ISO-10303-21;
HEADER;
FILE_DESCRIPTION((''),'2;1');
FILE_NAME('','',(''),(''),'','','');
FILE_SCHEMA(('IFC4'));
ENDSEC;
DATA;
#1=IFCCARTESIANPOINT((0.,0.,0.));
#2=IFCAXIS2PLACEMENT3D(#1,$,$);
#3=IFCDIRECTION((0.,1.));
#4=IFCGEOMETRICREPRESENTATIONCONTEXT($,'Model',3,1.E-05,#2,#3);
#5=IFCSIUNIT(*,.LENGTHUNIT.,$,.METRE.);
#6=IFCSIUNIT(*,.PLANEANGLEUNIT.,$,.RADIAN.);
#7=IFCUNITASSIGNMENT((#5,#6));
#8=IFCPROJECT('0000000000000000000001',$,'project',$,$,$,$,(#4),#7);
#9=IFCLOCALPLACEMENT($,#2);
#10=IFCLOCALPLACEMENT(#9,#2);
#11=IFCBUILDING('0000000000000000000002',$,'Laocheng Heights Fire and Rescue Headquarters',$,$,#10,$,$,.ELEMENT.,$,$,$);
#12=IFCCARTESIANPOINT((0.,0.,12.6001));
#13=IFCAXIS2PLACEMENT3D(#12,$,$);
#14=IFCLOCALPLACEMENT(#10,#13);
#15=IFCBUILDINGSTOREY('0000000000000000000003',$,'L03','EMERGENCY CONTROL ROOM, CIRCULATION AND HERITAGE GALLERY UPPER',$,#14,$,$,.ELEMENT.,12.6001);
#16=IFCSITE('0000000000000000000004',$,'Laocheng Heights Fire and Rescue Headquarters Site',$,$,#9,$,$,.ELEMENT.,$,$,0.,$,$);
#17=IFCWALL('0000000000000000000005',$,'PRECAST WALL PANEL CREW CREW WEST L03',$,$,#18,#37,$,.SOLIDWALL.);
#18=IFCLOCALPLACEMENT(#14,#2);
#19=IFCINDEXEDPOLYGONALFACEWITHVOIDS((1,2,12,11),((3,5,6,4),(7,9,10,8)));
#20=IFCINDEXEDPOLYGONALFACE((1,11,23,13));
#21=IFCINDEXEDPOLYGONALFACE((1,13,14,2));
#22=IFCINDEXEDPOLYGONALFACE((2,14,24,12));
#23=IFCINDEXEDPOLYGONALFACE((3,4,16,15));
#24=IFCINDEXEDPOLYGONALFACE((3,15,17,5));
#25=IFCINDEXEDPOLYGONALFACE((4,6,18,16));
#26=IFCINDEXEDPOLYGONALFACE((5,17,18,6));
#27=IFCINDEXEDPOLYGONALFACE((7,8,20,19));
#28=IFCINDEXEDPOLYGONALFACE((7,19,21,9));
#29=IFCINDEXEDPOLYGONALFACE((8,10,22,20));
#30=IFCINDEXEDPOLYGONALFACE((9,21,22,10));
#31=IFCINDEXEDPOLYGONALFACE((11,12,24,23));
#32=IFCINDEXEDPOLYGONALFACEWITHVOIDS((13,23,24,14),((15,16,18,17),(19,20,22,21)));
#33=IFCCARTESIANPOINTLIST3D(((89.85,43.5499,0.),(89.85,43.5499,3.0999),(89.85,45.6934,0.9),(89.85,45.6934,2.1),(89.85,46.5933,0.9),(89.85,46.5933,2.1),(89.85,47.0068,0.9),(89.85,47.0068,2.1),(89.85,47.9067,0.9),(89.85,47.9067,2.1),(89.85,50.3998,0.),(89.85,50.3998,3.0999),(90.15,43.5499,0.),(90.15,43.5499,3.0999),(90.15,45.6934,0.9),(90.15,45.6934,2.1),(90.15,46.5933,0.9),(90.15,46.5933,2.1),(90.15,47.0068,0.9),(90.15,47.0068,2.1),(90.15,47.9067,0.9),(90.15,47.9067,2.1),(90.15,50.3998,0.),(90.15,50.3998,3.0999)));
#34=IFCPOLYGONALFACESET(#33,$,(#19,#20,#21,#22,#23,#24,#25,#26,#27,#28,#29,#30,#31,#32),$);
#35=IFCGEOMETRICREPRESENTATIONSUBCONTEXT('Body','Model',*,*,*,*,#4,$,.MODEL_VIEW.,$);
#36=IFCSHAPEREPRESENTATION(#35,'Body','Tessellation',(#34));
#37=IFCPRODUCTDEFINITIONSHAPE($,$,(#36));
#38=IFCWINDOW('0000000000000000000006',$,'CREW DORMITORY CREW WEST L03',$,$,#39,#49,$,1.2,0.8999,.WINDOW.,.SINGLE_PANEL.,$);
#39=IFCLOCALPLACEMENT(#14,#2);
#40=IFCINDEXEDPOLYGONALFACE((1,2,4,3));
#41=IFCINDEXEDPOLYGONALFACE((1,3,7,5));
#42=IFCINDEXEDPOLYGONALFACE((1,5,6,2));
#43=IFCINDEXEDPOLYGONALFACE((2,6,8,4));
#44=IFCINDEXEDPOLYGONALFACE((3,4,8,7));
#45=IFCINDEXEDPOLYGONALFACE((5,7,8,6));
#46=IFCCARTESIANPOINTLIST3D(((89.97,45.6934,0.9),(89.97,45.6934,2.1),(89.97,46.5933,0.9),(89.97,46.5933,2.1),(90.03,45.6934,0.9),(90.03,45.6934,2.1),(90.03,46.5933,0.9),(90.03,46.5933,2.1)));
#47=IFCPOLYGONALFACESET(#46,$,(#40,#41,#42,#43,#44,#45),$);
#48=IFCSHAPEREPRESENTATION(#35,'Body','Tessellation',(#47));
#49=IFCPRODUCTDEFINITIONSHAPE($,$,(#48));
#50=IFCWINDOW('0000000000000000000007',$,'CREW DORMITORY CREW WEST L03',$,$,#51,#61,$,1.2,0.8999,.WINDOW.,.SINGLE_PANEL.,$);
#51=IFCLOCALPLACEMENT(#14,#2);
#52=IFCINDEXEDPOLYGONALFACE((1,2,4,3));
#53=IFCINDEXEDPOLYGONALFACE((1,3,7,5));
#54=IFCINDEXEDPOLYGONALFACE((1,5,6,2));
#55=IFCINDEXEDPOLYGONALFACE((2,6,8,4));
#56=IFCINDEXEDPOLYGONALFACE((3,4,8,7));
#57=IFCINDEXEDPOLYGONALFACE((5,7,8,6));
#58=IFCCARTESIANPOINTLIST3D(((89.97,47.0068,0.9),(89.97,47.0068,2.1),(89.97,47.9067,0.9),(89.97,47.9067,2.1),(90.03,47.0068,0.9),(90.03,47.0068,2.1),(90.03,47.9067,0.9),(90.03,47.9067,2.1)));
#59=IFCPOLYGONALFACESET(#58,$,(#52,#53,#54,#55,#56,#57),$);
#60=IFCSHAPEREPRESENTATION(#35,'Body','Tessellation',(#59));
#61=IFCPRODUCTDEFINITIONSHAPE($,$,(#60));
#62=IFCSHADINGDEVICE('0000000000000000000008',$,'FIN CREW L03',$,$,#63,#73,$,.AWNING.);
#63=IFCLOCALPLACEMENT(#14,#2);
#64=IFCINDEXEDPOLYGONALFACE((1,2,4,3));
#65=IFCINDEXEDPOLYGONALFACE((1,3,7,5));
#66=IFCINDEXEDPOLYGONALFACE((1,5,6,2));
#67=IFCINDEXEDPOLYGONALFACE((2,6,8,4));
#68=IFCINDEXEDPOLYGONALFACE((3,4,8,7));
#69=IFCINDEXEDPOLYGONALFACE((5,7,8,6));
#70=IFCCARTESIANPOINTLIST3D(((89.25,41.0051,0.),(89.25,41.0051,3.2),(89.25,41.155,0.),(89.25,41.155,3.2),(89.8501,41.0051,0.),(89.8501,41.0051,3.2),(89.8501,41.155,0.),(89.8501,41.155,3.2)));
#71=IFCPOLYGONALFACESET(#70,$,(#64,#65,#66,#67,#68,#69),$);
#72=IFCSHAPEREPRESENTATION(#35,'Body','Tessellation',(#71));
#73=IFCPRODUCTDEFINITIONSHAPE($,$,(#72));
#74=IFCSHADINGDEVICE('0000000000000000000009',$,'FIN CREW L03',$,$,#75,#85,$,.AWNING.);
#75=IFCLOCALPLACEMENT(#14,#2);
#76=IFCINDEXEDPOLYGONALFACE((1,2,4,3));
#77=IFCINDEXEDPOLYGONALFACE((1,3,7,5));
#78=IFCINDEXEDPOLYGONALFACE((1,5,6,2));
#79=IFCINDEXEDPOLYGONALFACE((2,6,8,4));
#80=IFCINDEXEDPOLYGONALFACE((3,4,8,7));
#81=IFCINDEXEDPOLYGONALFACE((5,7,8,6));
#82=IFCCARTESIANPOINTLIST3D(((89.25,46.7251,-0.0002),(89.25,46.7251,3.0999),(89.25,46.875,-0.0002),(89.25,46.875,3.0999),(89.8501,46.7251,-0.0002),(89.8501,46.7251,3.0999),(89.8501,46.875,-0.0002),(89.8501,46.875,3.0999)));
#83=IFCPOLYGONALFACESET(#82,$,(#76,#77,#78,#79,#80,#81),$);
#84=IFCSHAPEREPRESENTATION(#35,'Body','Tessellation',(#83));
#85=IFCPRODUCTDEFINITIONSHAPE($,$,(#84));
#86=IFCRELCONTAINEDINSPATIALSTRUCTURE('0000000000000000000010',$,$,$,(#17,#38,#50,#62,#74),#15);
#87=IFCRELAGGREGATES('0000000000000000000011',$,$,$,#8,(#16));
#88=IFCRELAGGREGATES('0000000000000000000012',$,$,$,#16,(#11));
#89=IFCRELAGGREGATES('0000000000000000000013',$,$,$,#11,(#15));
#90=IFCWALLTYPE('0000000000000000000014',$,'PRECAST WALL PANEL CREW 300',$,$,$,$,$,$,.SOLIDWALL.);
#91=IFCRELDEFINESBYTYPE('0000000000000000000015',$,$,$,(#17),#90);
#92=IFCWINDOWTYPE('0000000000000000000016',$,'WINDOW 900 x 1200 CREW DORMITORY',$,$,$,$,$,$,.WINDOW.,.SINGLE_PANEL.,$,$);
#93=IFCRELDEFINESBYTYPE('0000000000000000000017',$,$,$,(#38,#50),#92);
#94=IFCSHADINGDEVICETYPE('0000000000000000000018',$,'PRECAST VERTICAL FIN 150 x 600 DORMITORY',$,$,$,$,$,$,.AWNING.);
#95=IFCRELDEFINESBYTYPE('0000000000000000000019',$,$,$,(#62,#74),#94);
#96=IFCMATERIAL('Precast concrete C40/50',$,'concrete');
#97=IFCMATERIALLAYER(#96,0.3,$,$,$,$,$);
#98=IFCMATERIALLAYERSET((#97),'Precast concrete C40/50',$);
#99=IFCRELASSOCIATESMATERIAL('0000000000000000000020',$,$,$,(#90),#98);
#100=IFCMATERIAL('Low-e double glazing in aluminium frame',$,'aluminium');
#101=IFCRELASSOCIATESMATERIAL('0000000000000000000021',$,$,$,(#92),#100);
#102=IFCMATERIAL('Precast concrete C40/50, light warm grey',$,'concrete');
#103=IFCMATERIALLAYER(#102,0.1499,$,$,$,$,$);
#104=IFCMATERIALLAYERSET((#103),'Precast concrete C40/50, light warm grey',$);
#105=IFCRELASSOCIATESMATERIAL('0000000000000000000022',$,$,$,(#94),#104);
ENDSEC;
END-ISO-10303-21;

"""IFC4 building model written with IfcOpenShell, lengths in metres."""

from ifc_helpers import new_model, si_unit, direction, frame, frame_2d, origin, origin_2d, place, context, subcontext, project, spatial, rectangle, extrude, material, layer, layer_set, type_object, element, fill, save


model = new_model("IFC4")

# Units and contexts
model_context = context("Model", 3, precision=1e-05, world=origin(), true_north=direction((0.0, 1.0)))
body_context = subcontext(model_context, "Body", "Model", "MODEL_VIEW")
ifc_project = project(units=[si_unit("LENGTHUNIT", "METRE"), si_unit("PLANEANGLEUNIT", "RADIAN")], contexts=[model_context])

# Site, building, storey
site_placement = place(None, origin())
site = spatial("IfcSite", under=ifc_project, at=site_placement, Name="Laocheng Heights Fire and Rescue Headquarters Site", CompositionType="ELEMENT", RefElevation=0.0)
building_placement = place(site_placement, origin())
building = spatial("IfcBuilding", under=site, at=building_placement, Name="Laocheng Heights Fire and Rescue Headquarters", CompositionType="ELEMENT")
storey_placement = place(building_placement, frame((0.0, 0.0, 12.6001)))
storey = spatial("IfcBuildingStorey", under=building, at=storey_placement, Name="L03", Description="EMERGENCY CONTROL ROOM, CIRCULATION AND HERITAGE GALLERY UPPER", CompositionType="ELEMENT", Elevation=12.6001)

# Wall, openings, windows
ifc_material_1 = material(Name="Precast concrete C40/50", Category="concrete")
ifc_layer_1 = layer(ifc_material_1, 0.3)
ifc_layer_set_1 = layer_set([ifc_layer_1], Name="Precast concrete C40/50")
wall_type_1 = type_object("IfcWallType", Name="PRECAST WALL PANEL CREW 300", PredefinedType="SOLIDWALL", material=ifc_layer_set_1)
wall_1_placement = place(storey_placement, frame((90.0, 43.55, 0.0), z_axis=(0.0, 0.0, 1.0), x_axis=(0.0, 1.0, 0.0)))
wall_1 = element("IfcWall", 1, at=wall_1_placement, inside=storey, type_object=wall_type_1, Name="PRECAST WALL PANEL CREW CREW WEST L03", PredefinedType="SOLIDWALL", context=body_context, shape_type="SweptSolid", body=[
    extrude(rectangle(XDim=6.8499, YDim=0.3, at=frame_2d((3.4248, 0.0))), origin(), (0.0, 0.0, 1.0), 3.0999),
])
opening_1_placement = place(wall_1_placement, frame((2.1433, 0.0, 0.8999)))
opening_1 = element("IfcOpeningElement", 2, at=opening_1_placement, cuts=wall_1, PredefinedType="OPENING", context=body_context, shape_type="SweptSolid", body=[
    extrude(rectangle(XDim=0.8999, YDim=1.2, at=frame_2d((0.45, 0.6001))), frame((0.0, 0.1599, 0.0), z_axis=(0.0, -1.0, 0.0), x_axis=(1.0, 0.0, 0.0)), (0.0, 0.0, 1.0), 0.3201),
])
opening_2_placement = place(wall_1_placement, frame((3.4568, 0.0, 0.8999)))
opening_2 = element("IfcOpeningElement", 3, at=opening_2_placement, cuts=wall_1, PredefinedType="OPENING", context=body_context, shape_type="SweptSolid", body=[
    extrude(rectangle(XDim=0.8999, YDim=1.2, at=frame_2d((0.45, 0.6001))), frame((0.0, 0.1599, 0.0), z_axis=(0.0, -1.0, 0.0), x_axis=(1.0, 0.0, 0.0)), (0.0, 0.0, 1.0), 0.3201),
])
ifc_material_2 = material(Name="Low-e double glazing in aluminium frame", Category="aluminium")
window_type = type_object("IfcWindowType", Name="WINDOW 900 x 1200 CREW DORMITORY", PartitioningType="SINGLE_PANEL", PredefinedType="WINDOW", material=ifc_material_2)
window_1_placement = place(opening_1_placement, origin())
window_1 = element("IfcWindow", 4, at=window_1_placement, inside=storey, type_object=window_type, Name="CREW DORMITORY CREW WEST L03", OverallHeight=1.2, OverallWidth=0.8999, PartitioningType="SINGLE_PANEL", PredefinedType="WINDOW", context=body_context, shape_type="SweptSolid", body=[
    extrude(rectangle(XDim=0.8999, YDim=1.2, at=frame_2d((0.45, 0.6001))), frame((0.0, 0.03, 0.0), z_axis=(0.0, -1.0, 0.0), x_axis=(1.0, 0.0, 0.0)), (0.0, 0.0, 1.0), 0.0601),
])
fill(opening_1, window_1)
window_2_placement = place(opening_2_placement, origin())
window_2 = element("IfcWindow", 5, at=window_2_placement, inside=storey, type_object=window_type, Name="CREW DORMITORY CREW WEST L03", OverallHeight=1.2, OverallWidth=0.8999, PartitioningType="SINGLE_PANEL", PredefinedType="WINDOW", context=body_context, shape_type="SweptSolid", body=[
    extrude(rectangle(XDim=0.8999, YDim=1.2, at=frame_2d((0.45, 0.6001))), frame((0.0, 0.03, 0.0), z_axis=(0.0, -1.0, 0.0), x_axis=(1.0, 0.0, 0.0)), (0.0, 0.0, 1.0), 0.0601),
])
fill(opening_2, window_2)

# Shading devices
ifc_material_3 = material(Name="Precast concrete C40/50, light warm grey", Category="concrete")
ifc_layer_2 = layer(ifc_material_3, 0.1499)
ifc_layer_set_2 = layer_set([ifc_layer_2], Name="Precast concrete C40/50, light warm grey")
shading_device_type = type_object("IfcShadingDeviceType", Name="PRECAST VERTICAL FIN 150 x 600 DORMITORY", PredefinedType="AWNING", material=ifc_layer_set_2)
shading_device_1_placement = place(storey_placement, frame((89.55, 41.0801, 0.0), z_axis=(0.0, 0.0, 1.0), x_axis=(1.0, 0.0, 0.0)))
element("IfcShadingDevice", 6, at=shading_device_1_placement, inside=storey, type_object=shading_device_type, Name="FIN CREW L03", PredefinedType="AWNING", context=body_context, shape_type="SweptSolid", body=[
    extrude(rectangle(XDim=0.6001, YDim=0.1499, at=origin_2d()), origin(), (0.0, 0.0, 1.0), 3.2),
])
shading_device_2_placement = place(storey_placement, frame((89.55, 46.8, -0.0002), z_axis=(0.0, 0.0, 1.0), x_axis=(1.0, 0.0, 0.0)))
element("IfcShadingDevice", 7, at=shading_device_2_placement, inside=storey, type_object=shading_device_type, Name="FIN CREW L03", PredefinedType="AWNING", context=body_context, shape_type="SweptSolid", body=[
    extrude(rectangle(XDim=0.6001, YDim=0.1499, at=origin_2d()), origin(), (0.0, 0.0, 1.0), 3.1001),
])

save(model, "model.ifc")
